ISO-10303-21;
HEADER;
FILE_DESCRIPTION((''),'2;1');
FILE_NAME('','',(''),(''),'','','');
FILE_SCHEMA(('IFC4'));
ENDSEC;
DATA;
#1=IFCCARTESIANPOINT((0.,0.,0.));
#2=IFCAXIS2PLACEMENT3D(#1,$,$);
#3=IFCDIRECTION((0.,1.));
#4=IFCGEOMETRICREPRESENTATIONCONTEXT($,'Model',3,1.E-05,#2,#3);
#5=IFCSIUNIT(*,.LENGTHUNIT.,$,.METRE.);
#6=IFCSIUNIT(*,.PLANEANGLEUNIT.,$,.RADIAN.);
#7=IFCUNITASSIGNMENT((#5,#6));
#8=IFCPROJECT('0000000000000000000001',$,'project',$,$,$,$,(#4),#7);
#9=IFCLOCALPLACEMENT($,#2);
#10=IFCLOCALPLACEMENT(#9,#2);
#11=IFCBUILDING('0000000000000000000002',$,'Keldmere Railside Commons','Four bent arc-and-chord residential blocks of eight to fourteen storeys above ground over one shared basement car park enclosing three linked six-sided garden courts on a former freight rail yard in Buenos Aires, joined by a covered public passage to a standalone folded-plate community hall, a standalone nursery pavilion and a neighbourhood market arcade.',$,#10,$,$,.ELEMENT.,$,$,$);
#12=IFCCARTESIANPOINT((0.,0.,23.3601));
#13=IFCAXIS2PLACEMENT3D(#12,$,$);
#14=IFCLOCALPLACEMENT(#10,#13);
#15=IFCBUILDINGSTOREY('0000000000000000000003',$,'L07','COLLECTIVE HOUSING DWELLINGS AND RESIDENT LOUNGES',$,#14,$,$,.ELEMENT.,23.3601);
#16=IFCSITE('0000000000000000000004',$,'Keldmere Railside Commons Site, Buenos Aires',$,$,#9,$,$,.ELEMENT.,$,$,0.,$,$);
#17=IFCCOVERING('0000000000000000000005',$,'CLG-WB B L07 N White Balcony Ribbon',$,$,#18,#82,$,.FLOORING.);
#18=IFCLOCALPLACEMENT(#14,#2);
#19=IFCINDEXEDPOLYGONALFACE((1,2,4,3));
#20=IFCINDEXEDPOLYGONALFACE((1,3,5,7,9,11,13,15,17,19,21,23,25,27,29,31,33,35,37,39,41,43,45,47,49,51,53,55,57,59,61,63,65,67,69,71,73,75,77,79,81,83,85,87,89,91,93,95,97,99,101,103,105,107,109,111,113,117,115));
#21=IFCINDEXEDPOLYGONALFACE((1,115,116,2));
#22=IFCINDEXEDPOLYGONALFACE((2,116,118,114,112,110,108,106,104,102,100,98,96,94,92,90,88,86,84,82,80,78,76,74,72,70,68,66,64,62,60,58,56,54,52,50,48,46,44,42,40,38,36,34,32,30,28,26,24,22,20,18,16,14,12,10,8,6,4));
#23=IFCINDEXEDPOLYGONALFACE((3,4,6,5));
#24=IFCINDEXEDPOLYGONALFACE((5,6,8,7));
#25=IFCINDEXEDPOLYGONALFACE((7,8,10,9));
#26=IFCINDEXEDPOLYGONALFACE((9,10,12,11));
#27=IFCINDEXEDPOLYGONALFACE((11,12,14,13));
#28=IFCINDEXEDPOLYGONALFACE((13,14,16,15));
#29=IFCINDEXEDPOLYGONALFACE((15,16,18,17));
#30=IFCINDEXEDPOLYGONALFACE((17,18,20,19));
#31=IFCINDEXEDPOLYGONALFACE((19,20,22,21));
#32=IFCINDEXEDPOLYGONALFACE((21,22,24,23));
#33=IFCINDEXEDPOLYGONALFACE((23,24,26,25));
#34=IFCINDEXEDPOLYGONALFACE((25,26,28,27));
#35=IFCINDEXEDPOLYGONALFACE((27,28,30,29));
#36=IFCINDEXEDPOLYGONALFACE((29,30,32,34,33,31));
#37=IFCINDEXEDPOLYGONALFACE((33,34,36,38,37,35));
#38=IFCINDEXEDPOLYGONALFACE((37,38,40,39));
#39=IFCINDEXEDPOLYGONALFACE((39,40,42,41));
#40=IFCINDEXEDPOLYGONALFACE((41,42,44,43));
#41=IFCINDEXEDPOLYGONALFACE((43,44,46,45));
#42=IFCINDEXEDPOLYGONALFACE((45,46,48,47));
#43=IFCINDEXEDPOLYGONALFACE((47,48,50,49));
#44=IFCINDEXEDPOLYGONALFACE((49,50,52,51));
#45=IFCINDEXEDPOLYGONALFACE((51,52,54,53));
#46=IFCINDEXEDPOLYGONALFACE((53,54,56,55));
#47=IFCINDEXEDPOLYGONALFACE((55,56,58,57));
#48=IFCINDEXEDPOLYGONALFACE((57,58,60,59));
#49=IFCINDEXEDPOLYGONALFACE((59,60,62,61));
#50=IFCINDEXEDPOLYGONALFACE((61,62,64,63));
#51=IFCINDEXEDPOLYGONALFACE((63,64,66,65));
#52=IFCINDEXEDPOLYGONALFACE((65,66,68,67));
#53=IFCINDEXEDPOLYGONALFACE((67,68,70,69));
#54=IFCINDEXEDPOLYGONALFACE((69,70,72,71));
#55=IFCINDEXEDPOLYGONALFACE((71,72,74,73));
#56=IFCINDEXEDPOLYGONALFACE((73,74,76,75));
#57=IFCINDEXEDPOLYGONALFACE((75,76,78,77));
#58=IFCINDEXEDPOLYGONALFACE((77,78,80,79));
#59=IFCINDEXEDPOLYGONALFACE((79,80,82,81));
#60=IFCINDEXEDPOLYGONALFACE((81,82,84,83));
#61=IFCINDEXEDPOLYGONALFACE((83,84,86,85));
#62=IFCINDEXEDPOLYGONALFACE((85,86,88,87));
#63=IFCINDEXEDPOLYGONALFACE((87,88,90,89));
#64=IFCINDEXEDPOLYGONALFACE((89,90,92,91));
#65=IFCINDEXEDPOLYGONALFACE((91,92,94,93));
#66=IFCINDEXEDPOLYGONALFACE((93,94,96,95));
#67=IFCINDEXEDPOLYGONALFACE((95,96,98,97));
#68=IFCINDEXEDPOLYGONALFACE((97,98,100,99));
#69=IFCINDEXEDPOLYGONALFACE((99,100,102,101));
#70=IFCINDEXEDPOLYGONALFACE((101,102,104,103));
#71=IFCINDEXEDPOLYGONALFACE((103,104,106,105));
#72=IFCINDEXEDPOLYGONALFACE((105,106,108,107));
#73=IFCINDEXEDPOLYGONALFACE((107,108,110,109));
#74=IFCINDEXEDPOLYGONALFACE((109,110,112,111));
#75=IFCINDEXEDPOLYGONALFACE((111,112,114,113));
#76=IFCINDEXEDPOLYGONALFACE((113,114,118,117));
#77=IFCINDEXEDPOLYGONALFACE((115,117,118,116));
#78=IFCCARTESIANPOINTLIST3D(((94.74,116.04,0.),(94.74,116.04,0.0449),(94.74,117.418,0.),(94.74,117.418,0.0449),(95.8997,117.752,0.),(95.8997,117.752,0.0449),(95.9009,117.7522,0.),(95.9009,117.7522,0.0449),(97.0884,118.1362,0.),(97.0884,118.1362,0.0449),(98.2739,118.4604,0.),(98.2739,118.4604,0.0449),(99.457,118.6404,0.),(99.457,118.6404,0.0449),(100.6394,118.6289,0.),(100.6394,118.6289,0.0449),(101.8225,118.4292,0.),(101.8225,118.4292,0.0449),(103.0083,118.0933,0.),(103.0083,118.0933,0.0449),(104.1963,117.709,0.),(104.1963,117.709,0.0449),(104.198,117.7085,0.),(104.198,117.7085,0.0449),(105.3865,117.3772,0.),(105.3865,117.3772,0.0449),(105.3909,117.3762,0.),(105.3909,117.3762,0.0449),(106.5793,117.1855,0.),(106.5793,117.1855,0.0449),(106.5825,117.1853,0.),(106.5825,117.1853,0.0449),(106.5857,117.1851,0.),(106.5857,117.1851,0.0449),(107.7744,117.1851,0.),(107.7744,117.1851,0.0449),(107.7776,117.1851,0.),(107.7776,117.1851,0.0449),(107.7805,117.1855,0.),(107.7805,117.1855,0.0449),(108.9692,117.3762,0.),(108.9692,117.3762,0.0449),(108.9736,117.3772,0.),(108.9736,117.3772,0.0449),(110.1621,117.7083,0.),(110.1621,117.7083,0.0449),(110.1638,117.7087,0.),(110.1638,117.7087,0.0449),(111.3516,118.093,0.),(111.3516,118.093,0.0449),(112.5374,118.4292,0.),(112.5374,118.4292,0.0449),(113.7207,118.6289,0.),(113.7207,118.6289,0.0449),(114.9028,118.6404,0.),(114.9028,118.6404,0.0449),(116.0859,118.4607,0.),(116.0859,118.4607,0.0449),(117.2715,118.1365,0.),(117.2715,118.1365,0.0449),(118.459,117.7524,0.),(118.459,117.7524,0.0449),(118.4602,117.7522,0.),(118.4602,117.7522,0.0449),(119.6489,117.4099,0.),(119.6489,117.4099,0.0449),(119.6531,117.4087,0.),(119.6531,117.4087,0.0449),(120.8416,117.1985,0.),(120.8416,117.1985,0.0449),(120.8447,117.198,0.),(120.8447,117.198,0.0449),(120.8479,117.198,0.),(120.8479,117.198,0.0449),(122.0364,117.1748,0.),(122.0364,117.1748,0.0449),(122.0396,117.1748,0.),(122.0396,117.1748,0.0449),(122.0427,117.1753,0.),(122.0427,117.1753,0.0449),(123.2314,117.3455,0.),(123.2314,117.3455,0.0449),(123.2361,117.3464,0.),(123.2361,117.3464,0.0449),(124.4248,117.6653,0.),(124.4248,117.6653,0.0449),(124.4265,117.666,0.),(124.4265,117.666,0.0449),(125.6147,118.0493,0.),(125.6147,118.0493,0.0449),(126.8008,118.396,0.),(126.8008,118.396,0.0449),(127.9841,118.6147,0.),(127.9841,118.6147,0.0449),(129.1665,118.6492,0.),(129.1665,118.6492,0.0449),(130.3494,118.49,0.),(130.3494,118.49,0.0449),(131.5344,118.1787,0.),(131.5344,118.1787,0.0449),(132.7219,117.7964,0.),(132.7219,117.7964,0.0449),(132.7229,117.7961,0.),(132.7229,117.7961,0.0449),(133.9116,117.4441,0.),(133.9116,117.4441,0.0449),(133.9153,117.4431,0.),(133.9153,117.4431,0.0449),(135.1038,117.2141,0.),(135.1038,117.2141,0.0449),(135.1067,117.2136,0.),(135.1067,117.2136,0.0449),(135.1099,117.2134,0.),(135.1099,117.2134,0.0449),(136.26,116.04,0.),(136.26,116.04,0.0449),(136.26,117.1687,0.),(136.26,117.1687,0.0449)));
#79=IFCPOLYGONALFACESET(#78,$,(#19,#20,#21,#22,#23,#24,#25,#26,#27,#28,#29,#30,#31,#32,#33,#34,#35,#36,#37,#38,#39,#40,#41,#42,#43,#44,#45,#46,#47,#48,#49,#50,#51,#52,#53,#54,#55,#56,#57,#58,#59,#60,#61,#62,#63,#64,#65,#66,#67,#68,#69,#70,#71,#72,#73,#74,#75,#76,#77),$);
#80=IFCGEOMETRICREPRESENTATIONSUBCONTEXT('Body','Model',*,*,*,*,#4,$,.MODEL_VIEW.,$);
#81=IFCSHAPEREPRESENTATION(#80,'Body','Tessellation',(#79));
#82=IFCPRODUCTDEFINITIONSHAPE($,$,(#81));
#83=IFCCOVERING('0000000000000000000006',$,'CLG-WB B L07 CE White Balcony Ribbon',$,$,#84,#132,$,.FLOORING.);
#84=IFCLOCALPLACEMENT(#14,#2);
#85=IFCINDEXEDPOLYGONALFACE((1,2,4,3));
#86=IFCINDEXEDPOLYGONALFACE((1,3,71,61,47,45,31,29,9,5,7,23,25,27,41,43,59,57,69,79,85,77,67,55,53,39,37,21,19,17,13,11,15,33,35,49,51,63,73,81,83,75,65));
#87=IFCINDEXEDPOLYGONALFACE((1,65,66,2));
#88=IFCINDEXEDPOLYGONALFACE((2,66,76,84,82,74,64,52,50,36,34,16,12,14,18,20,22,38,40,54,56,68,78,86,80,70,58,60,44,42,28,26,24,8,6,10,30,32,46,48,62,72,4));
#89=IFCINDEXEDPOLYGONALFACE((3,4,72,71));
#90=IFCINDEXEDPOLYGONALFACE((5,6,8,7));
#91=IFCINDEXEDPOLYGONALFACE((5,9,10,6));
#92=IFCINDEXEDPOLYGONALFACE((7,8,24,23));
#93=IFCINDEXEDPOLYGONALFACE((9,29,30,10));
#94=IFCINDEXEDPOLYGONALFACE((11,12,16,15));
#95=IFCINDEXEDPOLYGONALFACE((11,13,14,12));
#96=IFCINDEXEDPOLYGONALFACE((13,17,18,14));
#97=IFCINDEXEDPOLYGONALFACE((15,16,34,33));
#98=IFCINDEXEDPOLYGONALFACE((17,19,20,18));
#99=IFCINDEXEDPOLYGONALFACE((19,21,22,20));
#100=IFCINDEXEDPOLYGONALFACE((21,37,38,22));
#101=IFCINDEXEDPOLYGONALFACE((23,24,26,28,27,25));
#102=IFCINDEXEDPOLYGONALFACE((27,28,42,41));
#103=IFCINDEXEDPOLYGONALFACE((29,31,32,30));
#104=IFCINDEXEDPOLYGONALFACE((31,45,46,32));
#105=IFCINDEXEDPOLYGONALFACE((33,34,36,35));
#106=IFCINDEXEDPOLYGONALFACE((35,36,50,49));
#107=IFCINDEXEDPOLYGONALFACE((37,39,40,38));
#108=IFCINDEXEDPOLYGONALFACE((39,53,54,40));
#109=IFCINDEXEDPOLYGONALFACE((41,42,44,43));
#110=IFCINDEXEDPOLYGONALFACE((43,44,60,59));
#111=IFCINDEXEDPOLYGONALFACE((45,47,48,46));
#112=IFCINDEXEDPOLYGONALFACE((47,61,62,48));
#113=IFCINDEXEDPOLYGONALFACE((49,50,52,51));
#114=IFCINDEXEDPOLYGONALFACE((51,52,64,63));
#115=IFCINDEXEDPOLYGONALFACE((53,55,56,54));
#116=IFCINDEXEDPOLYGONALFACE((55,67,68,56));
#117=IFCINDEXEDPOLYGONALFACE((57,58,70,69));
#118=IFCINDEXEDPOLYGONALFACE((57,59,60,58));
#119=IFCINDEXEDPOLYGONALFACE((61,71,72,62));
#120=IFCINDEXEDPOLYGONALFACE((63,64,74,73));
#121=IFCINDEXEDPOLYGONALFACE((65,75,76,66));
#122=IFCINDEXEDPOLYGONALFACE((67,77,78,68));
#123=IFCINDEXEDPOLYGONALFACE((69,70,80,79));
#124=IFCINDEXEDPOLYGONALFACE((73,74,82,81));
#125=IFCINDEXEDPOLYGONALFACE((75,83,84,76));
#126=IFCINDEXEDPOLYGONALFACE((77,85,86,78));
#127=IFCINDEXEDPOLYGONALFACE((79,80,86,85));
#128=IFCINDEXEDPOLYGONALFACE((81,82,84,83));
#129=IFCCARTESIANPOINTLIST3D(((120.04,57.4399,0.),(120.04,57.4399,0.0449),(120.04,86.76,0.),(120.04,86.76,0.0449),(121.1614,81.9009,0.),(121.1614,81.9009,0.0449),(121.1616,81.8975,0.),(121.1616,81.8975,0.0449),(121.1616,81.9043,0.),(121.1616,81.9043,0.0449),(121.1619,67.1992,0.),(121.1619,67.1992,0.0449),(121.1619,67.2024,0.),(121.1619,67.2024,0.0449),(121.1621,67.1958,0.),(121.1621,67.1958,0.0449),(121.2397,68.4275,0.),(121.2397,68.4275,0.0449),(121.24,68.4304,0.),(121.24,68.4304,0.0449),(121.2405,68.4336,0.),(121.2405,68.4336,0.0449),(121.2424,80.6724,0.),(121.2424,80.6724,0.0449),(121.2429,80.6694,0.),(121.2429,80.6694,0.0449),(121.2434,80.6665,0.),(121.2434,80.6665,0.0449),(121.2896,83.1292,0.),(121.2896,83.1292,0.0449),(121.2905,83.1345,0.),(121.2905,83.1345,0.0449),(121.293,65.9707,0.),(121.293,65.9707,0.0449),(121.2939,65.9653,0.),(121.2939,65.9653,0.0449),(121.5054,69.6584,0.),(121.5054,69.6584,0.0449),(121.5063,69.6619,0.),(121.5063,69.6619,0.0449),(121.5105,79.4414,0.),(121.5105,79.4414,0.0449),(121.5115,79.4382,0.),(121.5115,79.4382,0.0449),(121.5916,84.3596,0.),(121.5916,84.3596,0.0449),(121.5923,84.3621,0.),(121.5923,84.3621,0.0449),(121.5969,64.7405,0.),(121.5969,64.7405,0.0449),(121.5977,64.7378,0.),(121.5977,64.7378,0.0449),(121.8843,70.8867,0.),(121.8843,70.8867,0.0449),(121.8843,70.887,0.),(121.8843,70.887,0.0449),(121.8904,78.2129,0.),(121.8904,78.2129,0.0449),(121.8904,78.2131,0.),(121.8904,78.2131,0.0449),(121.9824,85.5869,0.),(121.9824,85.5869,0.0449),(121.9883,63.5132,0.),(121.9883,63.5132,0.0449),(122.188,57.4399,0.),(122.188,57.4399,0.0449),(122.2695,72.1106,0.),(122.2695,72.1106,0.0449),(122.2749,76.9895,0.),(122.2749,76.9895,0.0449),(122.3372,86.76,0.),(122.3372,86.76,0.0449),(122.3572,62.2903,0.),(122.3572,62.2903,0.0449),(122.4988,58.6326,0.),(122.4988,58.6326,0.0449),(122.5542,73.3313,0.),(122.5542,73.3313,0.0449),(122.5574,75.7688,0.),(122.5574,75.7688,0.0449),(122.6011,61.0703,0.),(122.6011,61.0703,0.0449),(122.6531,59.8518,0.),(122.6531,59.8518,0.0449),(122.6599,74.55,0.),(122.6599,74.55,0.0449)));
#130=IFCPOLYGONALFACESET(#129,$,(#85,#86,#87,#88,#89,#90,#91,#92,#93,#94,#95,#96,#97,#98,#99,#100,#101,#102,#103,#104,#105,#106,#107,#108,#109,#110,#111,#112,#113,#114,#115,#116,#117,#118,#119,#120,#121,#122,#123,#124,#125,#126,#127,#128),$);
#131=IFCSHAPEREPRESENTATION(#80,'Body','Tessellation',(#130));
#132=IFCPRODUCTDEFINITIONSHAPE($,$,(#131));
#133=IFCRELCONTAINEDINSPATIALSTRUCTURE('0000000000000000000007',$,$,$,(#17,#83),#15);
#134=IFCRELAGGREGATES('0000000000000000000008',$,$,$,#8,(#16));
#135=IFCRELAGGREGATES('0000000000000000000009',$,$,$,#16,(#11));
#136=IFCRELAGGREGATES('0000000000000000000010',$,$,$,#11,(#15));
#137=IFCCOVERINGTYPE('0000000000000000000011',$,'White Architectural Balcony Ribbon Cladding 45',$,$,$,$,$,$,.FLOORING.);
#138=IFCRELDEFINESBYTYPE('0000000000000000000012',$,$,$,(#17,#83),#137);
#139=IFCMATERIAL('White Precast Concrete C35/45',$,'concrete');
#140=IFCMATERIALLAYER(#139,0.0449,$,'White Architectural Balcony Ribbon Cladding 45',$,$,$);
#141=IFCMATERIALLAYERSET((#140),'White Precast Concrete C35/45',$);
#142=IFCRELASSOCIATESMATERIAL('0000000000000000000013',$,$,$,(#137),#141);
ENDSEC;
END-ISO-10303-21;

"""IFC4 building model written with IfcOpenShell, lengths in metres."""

from ifc_helpers import new_model, si_unit, direction, frame, origin, place, context, subcontext, project, spatial, polyline, outline, extrude, material, layer, layer_set, type_object, element, save


model = new_model("IFC4")

# Units and contexts
model_context = context("Model", 3, precision=1e-05, world=origin(), true_north=direction((0.0, 1.0)))
body_context = subcontext(model_context, "Body", "Model", "MODEL_VIEW")
ifc_project = project(units=[si_unit("LENGTHUNIT", "METRE"), si_unit("PLANEANGLEUNIT", "RADIAN")], contexts=[model_context])

# Site, building, storey
site_placement = place(None, origin())
site = spatial("IfcSite", under=ifc_project, at=site_placement, Name="Keldmere Railside Commons Site, Buenos Aires", CompositionType="ELEMENT", RefElevation=0.0)
building_placement = place(site_placement, origin())
building = spatial("IfcBuilding", under=site, at=building_placement, Name="Keldmere Railside Commons", Description="Four bent arc-and-chord residential blocks of eight to fourteen storeys above ground over one shared basement car park enclosing three linked six-sided garden courts on a former freight rail yard in Buenos Aires, joined by a covered public passage to a standalone folded-plate community hall, a standalone nursery pavilion and a neighbourhood market arcade.", CompositionType="ELEMENT")
storey_placement = place(building_placement, frame((0.0, 0.0, 23.3601)))
storey = spatial("IfcBuildingStorey", under=building, at=storey_placement, Name="L07", Description="COLLECTIVE HOUSING DWELLINGS AND RESIDENT LOUNGES", CompositionType="ELEMENT", Elevation=23.3601)

# Coverings
ifc_material_1 = material(Name="White Precast Concrete C35/45", Category="concrete")
ifc_layer_1 = layer(ifc_material_1, 0.0449, Name="White Architectural Balcony Ribbon Cladding 45")
ifc_layer_set_1 = layer_set([ifc_layer_1], Name="White Precast Concrete C35/45")
covering_type = type_object("IfcCoveringType", Name="White Architectural Balcony Ribbon Cladding 45", PredefinedType="FLOORING", material=ifc_layer_set_1)
covering_1_placement = place(storey_placement, origin())
element("IfcCovering", 1, at=covering_1_placement, inside=storey, type_object=covering_type, Name="CLG-WB B L07 N White Balcony Ribbon", PredefinedType="FLOORING", context=body_context, shape_type="SweptSolid", body=[
    extrude(outline(polyline([(136.26, 116.04), (136.26, 117.1687), (135.1099, 117.2134), (135.1067, 117.2136), (135.1038, 117.2141), (133.9153, 117.4431), (133.9116, 117.4441), (132.7229, 117.7961), (132.7219, 117.7964), (131.5344, 118.1787), (130.3494, 118.49), (129.1665, 118.6492), (127.9841, 118.6147), (126.8008, 118.396), (125.6147, 118.0493), (124.4265, 117.666), (124.4248, 117.6653), (123.2361, 117.3464), (123.2314, 117.3455), (122.0427, 117.1753), (122.0396, 117.1748), (122.0364, 117.1748), (120.8479, 117.198), (120.8447, 117.198), (120.8416, 117.1985), (119.6531, 117.4087), (119.6489, 117.4099), (118.4602, 117.7522), (118.459, 117.7524), (117.2715, 118.1365), (116.0859, 118.4607), (114.9028, 118.6404), (113.7207, 118.6289), (112.5374, 118.4292), (111.3516, 118.093), (110.1638, 117.7087), (110.1621, 117.7083), (108.9736, 117.3772), (108.9692, 117.3762), (107.7805, 117.1855), (107.7776, 117.1851), (107.7744, 117.1851), (106.5857, 117.1851), (106.5825, 117.1853), (106.5793, 117.1855), (105.3909, 117.3762), (105.3865, 117.3772), (104.198, 117.7085), (104.1963, 117.709), (103.0083, 118.0933), (101.8225, 118.4292), (100.6394, 118.6289), (99.457, 118.6404), (98.2739, 118.4604), (97.0884, 118.1362), (95.9009, 117.7522), (95.8997, 117.752), (94.74, 117.418), (94.74, 116.04), (136.26, 116.04)])), origin(), (0.0, 0.0, 1.0), 0.0449),
])
covering_2_placement = place(storey_placement, origin())
element("IfcCovering", 2, at=covering_2_placement, inside=storey, type_object=covering_type, Name="CLG-WB B L07 CE White Balcony Ribbon", PredefinedType="FLOORING", context=body_context, shape_type="SweptSolid", body=[
    extrude(outline(polyline([(122.4988, 58.6326), (122.6531, 59.8518), (122.6011, 61.0703), (122.3572, 62.2903), (121.9883, 63.5132), (121.5977, 64.7378), (121.5969, 64.7405), (121.2939, 65.9653), (121.293, 65.9707), (121.1621, 67.1958), (121.1619, 67.1992), (121.1619, 67.2024), (121.2397, 68.4275), (121.24, 68.4304), (121.2405, 68.4336), (121.5054, 69.6584), (121.5063, 69.6619), (121.8843, 70.8867), (121.8843, 70.887), (122.2695, 72.1106), (122.5542, 73.3313), (122.6599, 74.55), (122.5574, 75.7688), (122.2749, 76.9895), (121.8904, 78.2129), (121.8904, 78.2131), (121.5115, 79.4382), (121.5105, 79.4414), (121.2434, 80.6665), (121.2429, 80.6694), (121.2424, 80.6724), (121.1616, 81.8975), (121.1614, 81.9009), (121.1616, 81.9043), (121.2896, 83.1292), (121.2905, 83.1345), (121.5916, 84.3596), (121.5923, 84.3621), (121.9824, 85.5869), (122.3372, 86.76), (120.04, 86.76), (120.04, 57.4399), (122.188, 57.4399), (122.4988, 58.6326)])), origin(), (0.0, 0.0, 1.0), 0.0449),
])

save(model, "model.ifc")
